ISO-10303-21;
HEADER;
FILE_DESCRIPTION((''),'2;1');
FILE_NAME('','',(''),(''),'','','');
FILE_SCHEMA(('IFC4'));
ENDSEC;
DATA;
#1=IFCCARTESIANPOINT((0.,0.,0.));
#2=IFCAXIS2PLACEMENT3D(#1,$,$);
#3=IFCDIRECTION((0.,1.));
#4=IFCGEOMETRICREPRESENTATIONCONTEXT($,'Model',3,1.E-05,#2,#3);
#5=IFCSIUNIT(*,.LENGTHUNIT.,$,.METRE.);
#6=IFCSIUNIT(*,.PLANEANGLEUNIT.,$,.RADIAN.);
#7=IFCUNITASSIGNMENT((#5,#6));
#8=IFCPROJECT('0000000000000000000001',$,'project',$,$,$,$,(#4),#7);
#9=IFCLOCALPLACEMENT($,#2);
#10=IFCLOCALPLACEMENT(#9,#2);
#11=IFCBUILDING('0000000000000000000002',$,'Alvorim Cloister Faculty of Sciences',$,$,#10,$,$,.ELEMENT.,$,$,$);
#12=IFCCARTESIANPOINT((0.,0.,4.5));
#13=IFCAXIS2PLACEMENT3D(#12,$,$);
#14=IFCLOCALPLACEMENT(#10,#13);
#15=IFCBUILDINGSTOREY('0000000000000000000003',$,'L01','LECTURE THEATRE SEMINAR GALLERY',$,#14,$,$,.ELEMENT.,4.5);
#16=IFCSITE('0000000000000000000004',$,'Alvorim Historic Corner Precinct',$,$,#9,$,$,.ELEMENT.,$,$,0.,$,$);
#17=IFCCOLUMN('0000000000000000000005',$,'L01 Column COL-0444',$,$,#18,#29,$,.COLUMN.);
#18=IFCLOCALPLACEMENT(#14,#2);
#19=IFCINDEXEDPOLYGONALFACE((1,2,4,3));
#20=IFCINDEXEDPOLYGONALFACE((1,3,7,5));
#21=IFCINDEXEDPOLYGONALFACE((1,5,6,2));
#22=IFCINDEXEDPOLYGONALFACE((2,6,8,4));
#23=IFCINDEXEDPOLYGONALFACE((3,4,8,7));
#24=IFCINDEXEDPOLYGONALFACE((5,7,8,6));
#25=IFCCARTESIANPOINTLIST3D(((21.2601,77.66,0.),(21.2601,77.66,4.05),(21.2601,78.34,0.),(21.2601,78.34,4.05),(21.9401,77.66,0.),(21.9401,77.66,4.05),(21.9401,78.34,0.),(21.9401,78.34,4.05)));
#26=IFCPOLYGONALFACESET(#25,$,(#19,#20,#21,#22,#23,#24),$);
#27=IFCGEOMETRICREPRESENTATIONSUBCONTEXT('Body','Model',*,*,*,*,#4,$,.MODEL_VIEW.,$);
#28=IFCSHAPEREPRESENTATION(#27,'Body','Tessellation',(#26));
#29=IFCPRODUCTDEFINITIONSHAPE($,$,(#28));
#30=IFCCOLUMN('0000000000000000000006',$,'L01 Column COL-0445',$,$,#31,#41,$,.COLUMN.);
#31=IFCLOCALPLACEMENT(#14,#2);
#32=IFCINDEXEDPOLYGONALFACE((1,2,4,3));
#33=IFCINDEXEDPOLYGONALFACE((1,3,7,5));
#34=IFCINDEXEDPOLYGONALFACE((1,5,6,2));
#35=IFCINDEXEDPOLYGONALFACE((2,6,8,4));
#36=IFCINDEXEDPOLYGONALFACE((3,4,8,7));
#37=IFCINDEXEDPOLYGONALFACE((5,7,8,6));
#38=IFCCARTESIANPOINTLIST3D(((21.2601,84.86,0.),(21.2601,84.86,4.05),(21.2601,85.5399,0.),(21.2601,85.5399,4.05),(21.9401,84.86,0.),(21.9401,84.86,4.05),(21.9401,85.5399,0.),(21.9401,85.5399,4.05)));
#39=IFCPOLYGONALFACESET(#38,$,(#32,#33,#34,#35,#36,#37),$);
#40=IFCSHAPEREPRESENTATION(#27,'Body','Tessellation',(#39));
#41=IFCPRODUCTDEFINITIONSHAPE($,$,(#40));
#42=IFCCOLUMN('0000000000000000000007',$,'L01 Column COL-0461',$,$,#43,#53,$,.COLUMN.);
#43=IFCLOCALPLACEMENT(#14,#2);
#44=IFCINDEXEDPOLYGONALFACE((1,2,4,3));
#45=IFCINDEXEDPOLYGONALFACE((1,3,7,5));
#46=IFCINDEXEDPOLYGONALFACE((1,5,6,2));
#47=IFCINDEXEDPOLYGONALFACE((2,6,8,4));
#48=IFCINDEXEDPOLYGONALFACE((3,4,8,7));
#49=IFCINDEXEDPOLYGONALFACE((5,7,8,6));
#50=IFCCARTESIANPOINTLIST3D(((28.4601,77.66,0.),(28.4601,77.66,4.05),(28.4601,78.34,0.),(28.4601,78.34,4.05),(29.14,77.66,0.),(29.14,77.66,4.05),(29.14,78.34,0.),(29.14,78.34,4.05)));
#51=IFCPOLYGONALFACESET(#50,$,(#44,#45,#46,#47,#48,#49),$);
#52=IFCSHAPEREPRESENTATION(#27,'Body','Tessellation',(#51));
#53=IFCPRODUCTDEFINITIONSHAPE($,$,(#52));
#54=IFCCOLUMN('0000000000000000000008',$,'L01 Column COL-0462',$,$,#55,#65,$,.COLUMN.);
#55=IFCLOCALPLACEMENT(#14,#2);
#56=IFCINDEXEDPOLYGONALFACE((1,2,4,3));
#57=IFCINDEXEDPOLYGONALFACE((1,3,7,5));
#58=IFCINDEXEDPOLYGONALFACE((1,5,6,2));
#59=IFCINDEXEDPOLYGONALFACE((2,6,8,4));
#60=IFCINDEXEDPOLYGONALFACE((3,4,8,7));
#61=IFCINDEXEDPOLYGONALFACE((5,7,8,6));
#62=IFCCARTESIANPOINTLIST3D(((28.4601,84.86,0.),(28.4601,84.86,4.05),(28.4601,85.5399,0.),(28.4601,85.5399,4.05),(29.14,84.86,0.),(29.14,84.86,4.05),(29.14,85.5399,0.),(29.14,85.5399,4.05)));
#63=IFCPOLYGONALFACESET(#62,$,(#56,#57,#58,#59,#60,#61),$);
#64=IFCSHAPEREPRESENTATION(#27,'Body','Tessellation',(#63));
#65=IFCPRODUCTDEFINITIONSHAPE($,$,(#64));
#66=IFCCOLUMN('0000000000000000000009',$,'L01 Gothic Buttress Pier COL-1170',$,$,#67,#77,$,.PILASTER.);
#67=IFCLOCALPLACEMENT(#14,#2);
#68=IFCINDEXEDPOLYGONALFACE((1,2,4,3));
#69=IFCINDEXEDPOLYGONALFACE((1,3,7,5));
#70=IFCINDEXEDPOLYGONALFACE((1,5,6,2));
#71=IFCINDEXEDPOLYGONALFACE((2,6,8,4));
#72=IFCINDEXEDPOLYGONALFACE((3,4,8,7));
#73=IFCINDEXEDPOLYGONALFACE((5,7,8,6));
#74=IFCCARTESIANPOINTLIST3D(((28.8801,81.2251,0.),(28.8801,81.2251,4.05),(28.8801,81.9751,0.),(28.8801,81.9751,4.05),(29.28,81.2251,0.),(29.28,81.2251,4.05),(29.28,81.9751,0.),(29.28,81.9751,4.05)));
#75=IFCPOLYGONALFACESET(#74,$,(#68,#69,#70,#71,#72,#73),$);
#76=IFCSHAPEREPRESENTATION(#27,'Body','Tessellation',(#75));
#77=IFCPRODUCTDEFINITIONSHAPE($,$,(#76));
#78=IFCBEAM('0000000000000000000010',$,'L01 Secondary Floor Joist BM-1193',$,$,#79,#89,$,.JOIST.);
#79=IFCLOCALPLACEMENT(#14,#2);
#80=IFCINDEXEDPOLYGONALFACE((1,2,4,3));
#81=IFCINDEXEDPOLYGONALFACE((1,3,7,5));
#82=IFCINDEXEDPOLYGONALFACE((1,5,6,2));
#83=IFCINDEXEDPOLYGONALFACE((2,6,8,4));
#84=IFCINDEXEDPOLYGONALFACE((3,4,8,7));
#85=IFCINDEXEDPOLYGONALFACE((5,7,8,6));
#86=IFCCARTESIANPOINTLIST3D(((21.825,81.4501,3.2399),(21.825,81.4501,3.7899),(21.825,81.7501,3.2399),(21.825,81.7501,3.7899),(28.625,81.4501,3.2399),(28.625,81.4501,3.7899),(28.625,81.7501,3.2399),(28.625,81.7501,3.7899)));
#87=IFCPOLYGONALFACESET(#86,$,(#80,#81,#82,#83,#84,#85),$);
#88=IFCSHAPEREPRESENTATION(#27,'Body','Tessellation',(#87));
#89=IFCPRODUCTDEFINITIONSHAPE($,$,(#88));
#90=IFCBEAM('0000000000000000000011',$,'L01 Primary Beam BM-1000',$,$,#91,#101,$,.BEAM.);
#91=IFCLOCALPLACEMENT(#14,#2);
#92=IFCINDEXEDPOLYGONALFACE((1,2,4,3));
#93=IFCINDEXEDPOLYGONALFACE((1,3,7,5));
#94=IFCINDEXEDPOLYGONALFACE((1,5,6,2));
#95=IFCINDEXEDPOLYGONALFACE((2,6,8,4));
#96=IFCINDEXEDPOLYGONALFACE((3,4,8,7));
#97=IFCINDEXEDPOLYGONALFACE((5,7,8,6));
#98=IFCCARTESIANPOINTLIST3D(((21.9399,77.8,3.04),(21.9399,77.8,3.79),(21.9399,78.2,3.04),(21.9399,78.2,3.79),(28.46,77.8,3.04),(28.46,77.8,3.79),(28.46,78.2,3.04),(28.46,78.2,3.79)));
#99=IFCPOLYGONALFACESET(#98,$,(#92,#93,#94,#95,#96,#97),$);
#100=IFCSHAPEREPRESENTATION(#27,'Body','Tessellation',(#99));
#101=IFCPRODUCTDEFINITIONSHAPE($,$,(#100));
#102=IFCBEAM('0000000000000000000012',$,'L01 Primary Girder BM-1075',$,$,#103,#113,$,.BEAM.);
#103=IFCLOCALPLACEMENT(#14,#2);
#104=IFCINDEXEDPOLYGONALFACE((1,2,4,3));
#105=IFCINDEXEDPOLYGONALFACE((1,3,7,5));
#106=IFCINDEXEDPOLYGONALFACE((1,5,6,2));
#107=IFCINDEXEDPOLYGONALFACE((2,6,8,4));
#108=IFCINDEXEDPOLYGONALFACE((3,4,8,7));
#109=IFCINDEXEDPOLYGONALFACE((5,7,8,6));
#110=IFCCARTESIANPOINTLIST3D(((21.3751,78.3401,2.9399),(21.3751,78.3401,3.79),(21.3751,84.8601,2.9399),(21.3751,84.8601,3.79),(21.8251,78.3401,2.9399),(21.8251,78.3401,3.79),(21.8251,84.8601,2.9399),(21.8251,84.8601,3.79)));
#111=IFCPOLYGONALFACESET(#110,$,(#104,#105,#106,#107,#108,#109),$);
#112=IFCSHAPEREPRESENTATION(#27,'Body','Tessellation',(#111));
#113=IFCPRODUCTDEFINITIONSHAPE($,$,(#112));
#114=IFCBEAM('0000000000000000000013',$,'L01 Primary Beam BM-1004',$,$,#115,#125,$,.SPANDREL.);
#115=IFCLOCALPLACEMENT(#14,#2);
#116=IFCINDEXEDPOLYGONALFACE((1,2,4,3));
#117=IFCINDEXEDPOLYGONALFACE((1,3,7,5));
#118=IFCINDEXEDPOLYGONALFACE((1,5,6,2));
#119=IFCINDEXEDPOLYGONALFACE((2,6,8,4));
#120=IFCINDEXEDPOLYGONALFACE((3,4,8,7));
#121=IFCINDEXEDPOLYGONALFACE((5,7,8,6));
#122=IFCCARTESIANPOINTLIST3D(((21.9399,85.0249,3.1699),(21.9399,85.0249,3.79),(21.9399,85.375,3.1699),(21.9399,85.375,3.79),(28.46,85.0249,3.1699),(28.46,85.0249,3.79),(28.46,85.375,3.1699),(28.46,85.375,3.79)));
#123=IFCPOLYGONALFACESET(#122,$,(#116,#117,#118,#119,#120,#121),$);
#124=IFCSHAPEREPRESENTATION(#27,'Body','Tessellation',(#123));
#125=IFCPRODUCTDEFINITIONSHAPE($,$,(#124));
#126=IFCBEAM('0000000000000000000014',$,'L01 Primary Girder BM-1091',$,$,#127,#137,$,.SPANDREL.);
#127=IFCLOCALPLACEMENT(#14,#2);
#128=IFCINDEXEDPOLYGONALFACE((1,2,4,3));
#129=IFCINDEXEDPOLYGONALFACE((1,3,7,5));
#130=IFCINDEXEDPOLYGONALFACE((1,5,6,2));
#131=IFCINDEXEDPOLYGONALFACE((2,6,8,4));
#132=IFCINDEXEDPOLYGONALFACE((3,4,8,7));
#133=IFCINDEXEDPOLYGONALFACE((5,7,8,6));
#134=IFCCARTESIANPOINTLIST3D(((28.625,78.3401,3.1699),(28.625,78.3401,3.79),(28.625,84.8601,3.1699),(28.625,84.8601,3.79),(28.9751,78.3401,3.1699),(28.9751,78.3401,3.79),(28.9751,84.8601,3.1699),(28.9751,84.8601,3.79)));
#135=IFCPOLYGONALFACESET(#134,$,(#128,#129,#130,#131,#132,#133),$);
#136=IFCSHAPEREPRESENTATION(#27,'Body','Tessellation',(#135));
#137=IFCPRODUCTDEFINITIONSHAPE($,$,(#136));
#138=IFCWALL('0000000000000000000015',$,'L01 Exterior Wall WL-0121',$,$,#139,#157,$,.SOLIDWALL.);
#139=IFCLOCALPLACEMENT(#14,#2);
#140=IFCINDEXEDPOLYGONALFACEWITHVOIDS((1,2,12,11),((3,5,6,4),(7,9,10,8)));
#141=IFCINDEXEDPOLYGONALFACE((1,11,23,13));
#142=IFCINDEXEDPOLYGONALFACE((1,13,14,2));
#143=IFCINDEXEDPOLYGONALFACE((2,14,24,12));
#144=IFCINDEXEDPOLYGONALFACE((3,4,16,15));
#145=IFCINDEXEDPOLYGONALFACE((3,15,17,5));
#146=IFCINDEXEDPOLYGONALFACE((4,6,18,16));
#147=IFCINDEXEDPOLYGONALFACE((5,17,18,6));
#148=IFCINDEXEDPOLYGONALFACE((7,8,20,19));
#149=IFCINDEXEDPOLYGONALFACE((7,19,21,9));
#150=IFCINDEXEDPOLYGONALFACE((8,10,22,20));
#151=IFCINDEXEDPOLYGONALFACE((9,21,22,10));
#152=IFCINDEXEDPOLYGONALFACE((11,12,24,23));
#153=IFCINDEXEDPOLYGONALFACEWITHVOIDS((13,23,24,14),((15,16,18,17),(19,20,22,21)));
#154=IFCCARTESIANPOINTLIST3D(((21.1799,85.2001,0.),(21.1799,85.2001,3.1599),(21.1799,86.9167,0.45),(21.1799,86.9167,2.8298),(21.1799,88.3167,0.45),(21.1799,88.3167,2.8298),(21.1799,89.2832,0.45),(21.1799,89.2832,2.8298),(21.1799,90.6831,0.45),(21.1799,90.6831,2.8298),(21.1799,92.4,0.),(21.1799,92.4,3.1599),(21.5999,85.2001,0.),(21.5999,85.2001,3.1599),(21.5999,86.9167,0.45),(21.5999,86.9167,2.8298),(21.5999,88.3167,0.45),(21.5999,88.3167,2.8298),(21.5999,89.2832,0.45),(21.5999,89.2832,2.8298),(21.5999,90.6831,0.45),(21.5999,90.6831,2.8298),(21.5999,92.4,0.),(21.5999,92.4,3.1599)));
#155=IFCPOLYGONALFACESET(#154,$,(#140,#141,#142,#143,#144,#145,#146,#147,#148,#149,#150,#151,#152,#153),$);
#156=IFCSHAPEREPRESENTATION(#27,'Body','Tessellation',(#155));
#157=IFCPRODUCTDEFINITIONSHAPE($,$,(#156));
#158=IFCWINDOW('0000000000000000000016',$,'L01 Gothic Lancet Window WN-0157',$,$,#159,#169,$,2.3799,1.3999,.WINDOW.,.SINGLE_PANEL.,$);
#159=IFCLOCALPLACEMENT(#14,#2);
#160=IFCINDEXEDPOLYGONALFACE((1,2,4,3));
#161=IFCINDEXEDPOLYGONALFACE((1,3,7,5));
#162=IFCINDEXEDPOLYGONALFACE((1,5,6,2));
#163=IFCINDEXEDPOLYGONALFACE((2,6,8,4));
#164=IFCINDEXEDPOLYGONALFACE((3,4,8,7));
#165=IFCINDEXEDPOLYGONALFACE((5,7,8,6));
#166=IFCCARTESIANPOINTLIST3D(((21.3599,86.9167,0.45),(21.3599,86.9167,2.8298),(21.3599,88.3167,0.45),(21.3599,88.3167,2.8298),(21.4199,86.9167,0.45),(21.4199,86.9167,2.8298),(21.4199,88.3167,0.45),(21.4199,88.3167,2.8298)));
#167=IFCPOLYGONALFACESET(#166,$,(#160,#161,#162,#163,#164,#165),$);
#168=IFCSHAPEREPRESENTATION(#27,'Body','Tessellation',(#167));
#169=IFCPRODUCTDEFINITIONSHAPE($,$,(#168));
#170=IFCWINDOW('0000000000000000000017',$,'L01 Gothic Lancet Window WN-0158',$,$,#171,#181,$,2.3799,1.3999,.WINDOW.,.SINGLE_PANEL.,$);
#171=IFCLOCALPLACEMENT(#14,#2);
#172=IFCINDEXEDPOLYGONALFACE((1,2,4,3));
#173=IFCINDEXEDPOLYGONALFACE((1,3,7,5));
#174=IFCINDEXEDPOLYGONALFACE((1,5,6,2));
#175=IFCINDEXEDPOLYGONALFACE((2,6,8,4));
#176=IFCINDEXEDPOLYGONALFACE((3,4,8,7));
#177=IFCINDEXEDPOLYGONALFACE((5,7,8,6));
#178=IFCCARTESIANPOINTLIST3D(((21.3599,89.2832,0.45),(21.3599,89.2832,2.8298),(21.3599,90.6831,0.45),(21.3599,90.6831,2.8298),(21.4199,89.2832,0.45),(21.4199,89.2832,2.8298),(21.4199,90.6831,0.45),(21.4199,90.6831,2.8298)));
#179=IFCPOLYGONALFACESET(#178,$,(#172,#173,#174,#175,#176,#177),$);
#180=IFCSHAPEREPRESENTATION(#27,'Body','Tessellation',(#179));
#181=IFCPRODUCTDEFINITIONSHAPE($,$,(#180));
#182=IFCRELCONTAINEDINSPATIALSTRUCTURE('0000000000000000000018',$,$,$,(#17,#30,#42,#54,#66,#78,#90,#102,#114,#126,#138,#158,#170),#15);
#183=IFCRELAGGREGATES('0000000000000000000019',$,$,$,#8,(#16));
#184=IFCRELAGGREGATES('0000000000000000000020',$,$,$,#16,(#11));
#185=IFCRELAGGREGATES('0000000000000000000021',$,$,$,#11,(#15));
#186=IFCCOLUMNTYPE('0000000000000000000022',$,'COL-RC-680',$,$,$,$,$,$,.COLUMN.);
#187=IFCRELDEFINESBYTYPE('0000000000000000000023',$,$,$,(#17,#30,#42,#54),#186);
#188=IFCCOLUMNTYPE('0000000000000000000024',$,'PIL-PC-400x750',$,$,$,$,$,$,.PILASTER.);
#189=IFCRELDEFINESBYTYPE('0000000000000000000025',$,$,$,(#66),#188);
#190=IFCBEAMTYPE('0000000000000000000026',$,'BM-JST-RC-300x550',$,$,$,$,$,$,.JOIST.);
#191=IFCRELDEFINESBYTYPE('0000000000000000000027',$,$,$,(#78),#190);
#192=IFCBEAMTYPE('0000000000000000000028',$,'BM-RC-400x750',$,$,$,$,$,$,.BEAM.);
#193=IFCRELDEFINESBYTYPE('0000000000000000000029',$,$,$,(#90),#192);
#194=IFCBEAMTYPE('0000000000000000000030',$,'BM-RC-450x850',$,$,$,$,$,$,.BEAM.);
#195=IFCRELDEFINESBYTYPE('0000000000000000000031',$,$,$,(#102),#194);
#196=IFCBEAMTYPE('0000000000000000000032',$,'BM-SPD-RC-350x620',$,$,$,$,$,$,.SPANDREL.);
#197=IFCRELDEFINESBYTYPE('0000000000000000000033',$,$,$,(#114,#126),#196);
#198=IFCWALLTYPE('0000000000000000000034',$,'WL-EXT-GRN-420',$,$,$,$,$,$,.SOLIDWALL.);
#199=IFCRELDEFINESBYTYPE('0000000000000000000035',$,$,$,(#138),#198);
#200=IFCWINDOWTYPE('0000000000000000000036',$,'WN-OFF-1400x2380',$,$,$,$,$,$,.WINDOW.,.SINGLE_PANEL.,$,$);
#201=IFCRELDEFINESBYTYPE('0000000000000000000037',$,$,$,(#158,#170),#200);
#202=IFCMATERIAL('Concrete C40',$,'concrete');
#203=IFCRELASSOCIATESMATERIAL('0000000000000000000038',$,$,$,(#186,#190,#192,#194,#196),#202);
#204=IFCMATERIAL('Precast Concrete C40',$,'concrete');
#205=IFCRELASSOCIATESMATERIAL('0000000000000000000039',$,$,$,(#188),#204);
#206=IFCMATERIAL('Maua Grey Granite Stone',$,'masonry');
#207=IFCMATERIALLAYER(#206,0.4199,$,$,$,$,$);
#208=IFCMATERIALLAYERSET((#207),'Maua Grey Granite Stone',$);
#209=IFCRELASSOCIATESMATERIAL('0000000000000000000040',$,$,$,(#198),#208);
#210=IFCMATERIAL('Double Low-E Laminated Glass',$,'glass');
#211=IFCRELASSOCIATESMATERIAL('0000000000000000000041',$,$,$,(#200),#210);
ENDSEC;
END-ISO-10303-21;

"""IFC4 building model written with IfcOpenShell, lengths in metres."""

from ifc_helpers import new_model, si_unit, direction, frame, frame_2d, origin, origin_2d, place, context, subcontext, project, spatial, rectangle, extrude, material, layer, layer_set, material_profile, profile_set, type_object, element, fill, save


model = new_model("IFC4")

# Units and contexts
model_context = context("Model", 3, precision=1e-05, world=origin(), true_north=direction((0.0, 1.0)))
body_context = subcontext(model_context, "Body", "Model", "MODEL_VIEW")
ifc_project = project(units=[si_unit("LENGTHUNIT", "METRE"), si_unit("PLANEANGLEUNIT", "RADIAN")], contexts=[model_context])

# Site, building, storey
site_placement = place(None, origin())
site = spatial("IfcSite", under=ifc_project, at=site_placement, Name="Alvorim Historic Corner Precinct", CompositionType="ELEMENT", RefElevation=0.0)
building_placement = place(site_placement, origin())
building = spatial("IfcBuilding", under=site, at=building_placement, Name="Alvorim Cloister Faculty of Sciences", CompositionType="ELEMENT")
storey_placement = place(building_placement, frame((0.0, 0.0, 4.5)))
storey = spatial("IfcBuildingStorey", under=building, at=storey_placement, Name="L01", Description="LECTURE THEATRE SEMINAR GALLERY", CompositionType="ELEMENT", Elevation=4.5)

# Columns
ifc_material_1 = material(Name="Concrete C40", Category="concrete")
ifc_material_profile_1 = material_profile(ifc_material_1, rectangle(XDim=0.6799, YDim=0.6799, at=origin_2d()), Name="RC40-COL-680x680")
ifc_profile_set_1 = profile_set([ifc_material_profile_1], Name="Concrete C40")
column_type_1 = type_object("IfcColumnType", Name="COL-RC-680", PredefinedType="COLUMN", material=ifc_profile_set_1)
for number, where, z_axis, x_axis, name in (
    (1, (21.6001, 78.0, 0.0), (0.0, 0.0, 1.0), (1.0, 0.0, 0.0), "L01 Column COL-0444"),
    (2, (21.6001, 85.2, 0.0), (0.0, 0.0, 1.0), (1.0, 0.0, 0.0), "L01 Column COL-0445"),
    (3, (28.8, 78.0, 0.0), (0.0, 0.0, 1.0), (1.0, 0.0, 0.0), "L01 Column COL-0461"),
    (4, (28.8, 85.2, 0.0), (0.0, 0.0, 1.0), (1.0, 0.0, 0.0), "L01 Column COL-0462"),
):
    element("IfcColumn", number, at=place(storey_placement, frame(where, z_axis=z_axis, x_axis=x_axis)), inside=storey, type_object=column_type_1, Name=name, PredefinedType="COLUMN", context=body_context, shape_type="SweptSolid", body=[
        extrude(rectangle(XDim=0.6799, YDim=0.6799, at=origin_2d()), origin(), (0.0, 0.0, 1.0), 4.05),
    ])
ifc_material_2 = material(Name="Precast Concrete C40", Category="concrete")
ifc_material_profile_2 = material_profile(ifc_material_2, rectangle(XDim=0.3999, YDim=0.75, at=origin_2d()), Name="RC40-PIL-400x750")
ifc_profile_set_2 = profile_set([ifc_material_profile_2], Name="Precast Concrete C40")
column_type_2 = type_object("IfcColumnType", Name="PIL-PC-400x750", PredefinedType="PILASTER", material=ifc_profile_set_2)
column_placement = place(storey_placement, frame((29.0801, 81.6001, 0.0), z_axis=(0.0, 0.0, 1.0), x_axis=(1.0, 0.0, 0.0)))
element("IfcColumn", 5, at=column_placement, inside=storey, type_object=column_type_2, Name="L01 Gothic Buttress Pier COL-1170", PredefinedType="PILASTER", context=body_context, shape_type="SweptSolid", body=[
    extrude(rectangle(XDim=0.3999, YDim=0.75, at=origin_2d()), origin(), (0.0, 0.0, 1.0), 4.05),
])

# Beams
ifc_material_profile_3 = material_profile(ifc_material_1, rectangle(XDim=0.3, YDim=0.55, at=origin_2d()), Name="RC40-JST-300x550")
ifc_profile_set_3 = profile_set([ifc_material_profile_3], Name="Concrete C40")
beam_type_1 = type_object("IfcBeamType", Name="BM-JST-RC-300x550", PredefinedType="JOIST", material=ifc_profile_set_3)
beam_1_placement = place(storey_placement, frame((21.825, 81.6001, 3.5149), z_axis=(1.0, 0.0, 0.0), x_axis=(0.0, 1.0, 0.0)))
element("IfcBeam", 6, at=beam_1_placement, inside=storey, type_object=beam_type_1, Name="L01 Secondary Floor Joist BM-1193", PredefinedType="JOIST", context=body_context, shape_type="SweptSolid", body=[
    extrude(rectangle(XDim=0.3, YDim=0.55, at=origin_2d()), origin(), (0.0, 0.0, 1.0), 6.8),
])
ifc_material_profile_4 = material_profile(ifc_material_1, rectangle(XDim=0.3999, YDim=0.75, at=origin_2d()), Name="RC40-BM-400x750")
ifc_profile_set_4 = profile_set([ifc_material_profile_4], Name="Concrete C40")
beam_type_2 = type_object("IfcBeamType", Name="BM-RC-400x750", PredefinedType="BEAM", material=ifc_profile_set_4)
beam_2_placement = place(storey_placement, frame((21.9399, 78.0, 3.415), z_axis=(1.0, 0.0, 0.0), x_axis=(0.0, 1.0, 0.0)))
element("IfcBeam", 7, at=beam_2_placement, inside=storey, type_object=beam_type_2, Name="L01 Primary Beam BM-1000", PredefinedType="BEAM", context=body_context, shape_type="SweptSolid", body=[
    extrude(rectangle(XDim=0.3999, YDim=0.75, at=origin_2d()), origin(), (0.0, 0.0, 1.0), 6.52),
])
ifc_material_profile_5 = material_profile(ifc_material_1, rectangle(XDim=0.45, YDim=0.8501, at=origin_2d()), Name="RC40-BM-450x850")
ifc_profile_set_5 = profile_set([ifc_material_profile_5], Name="Concrete C40")
beam_type_3 = type_object("IfcBeamType", Name="BM-RC-450x850", PredefinedType="BEAM", material=ifc_profile_set_5)
beam_3_placement = place(storey_placement, frame((21.6001, 78.3401, 3.365), z_axis=(0.0, 1.0, 0.0), x_axis=(-1.0, 0.0, 0.0)))
element("IfcBeam", 8, at=beam_3_placement, inside=storey, type_object=beam_type_3, Name="L01 Primary Girder BM-1075", PredefinedType="BEAM", context=body_context, shape_type="SweptSolid", body=[
    extrude(rectangle(XDim=0.45, YDim=0.8501, at=origin_2d()), origin(), (0.0, 0.0, 1.0), 6.52),
])
ifc_material_profile_6 = material_profile(ifc_material_1, rectangle(XDim=0.3501, YDim=0.6201, at=origin_2d()), Name="RC40-SPD-350x620")
ifc_profile_set_6 = profile_set([ifc_material_profile_6], Name="Concrete C40")
beam_type_4 = type_object("IfcBeamType", Name="BM-SPD-RC-350x620", PredefinedType="SPANDREL", material=ifc_profile_set_6)
for number, where, z_axis, x_axis, name in (
    (9, (21.9399, 85.2, 3.48), (1.0, 0.0, 0.0), (0.0, 1.0, 0.0), "L01 Primary Beam BM-1004"),
    (10, (28.8, 78.3401, 3.48), (0.0, 1.0, 0.0), (-1.0, 0.0, 0.0), "L01 Primary Girder BM-1091"),
):
    element("IfcBeam", number, at=place(storey_placement, frame(where, z_axis=z_axis, x_axis=x_axis)), inside=storey, type_object=beam_type_4, Name=name, PredefinedType="SPANDREL", context=body_context, shape_type="SweptSolid", body=[
        extrude(rectangle(XDim=0.3501, YDim=0.6201, at=origin_2d()), origin(), (0.0, 0.0, 1.0), 6.52),
    ])

# Wall, openings, windows
ifc_material_3 = material(Name="Maua Grey Granite Stone", Category="masonry")
ifc_layer_1 = layer(ifc_material_3, 0.4199)
ifc_layer_set_1 = layer_set([ifc_layer_1], Name="Maua Grey Granite Stone")
wall_type_1 = type_object("IfcWallType", Name="WL-EXT-GRN-420", PredefinedType="SOLIDWALL", material=ifc_layer_set_1)
wall_1_placement = place(storey_placement, frame((21.3899, 85.2, 0.0), z_axis=(0.0, 0.0, 1.0), x_axis=(0.0, 1.0, 0.0)))
wall_1 = element("IfcWall", 11, at=wall_1_placement, inside=storey, type_object=wall_type_1, Name="L01 Exterior Wall WL-0121", PredefinedType="SOLIDWALL", context=body_context, shape_type="SweptSolid", body=[
    extrude(rectangle(XDim=7.2, YDim=0.4199, at=frame_2d((3.6001, 0.0))), origin(), (0.0, 0.0, 1.0), 3.1599),
])
opening_1_placement = place(wall_1_placement, frame((1.7168, 0.0, 0.45)))
opening_1 = element("IfcOpeningElement", 12, at=opening_1_placement, cuts=wall_1, PredefinedType="OPENING", context=body_context, shape_type="SweptSolid", body=[
    extrude(rectangle(XDim=1.3999, YDim=2.3799, at=frame_2d((0.7, 1.1899))), frame((0.0, 0.2219, 0.0), z_axis=(0.0, -1.0, 0.0), x_axis=(1.0, 0.0, 0.0)), (0.0, 0.0, 1.0), 0.4438),
])
opening_2_placement = place(wall_1_placement, frame((4.0833, 0.0, 0.45)))
opening_2 = element("IfcOpeningElement", 13, at=opening_2_placement, cuts=wall_1, PredefinedType="OPENING", context=body_context, shape_type="SweptSolid", body=[
    extrude(rectangle(XDim=1.3999, YDim=2.3799, at=frame_2d((0.7, 1.1899))), frame((0.0, 0.2219, 0.0), z_axis=(0.0, -1.0, 0.0), x_axis=(1.0, 0.0, 0.0)), (0.0, 0.0, 1.0), 0.4438),
])
ifc_material_4 = material(Name="Double Low-E Laminated Glass", Category="glass")
window_type_1 = type_object("IfcWindowType", Name="WN-OFF-1400x2380", PartitioningType="SINGLE_PANEL", PredefinedType="WINDOW", material=ifc_material_4)
window_1_placement = place(opening_1_placement, origin())
window_1 = element("IfcWindow", 14, at=window_1_placement, inside=storey, type_object=window_type_1, Name="L01 Gothic Lancet Window WN-0157", OverallHeight=2.3799, OverallWidth=1.3999, PartitioningType="SINGLE_PANEL", PredefinedType="WINDOW", context=body_context, shape_type="SweptSolid", body=[
    extrude(rectangle(XDim=1.3999, YDim=2.3799, at=frame_2d((0.7, 1.1899))), frame((0.0, 0.03, 0.0), z_axis=(0.0, -1.0, 0.0), x_axis=(1.0, 0.0, 0.0)), (0.0, 0.0, 1.0), 0.0601),
])
fill(opening_1, window_1)
window_2_placement = place(opening_2_placement, origin())
window_2 = element("IfcWindow", 15, at=window_2_placement, inside=storey, type_object=window_type_1, Name="L01 Gothic Lancet Window WN-0158", OverallHeight=2.3799, OverallWidth=1.3999, PartitioningType="SINGLE_PANEL", PredefinedType="WINDOW", context=body_context, shape_type="SweptSolid", body=[
    extrude(rectangle(XDim=1.3999, YDim=2.3799, at=frame_2d((0.7, 1.1899))), frame((0.0, 0.03, 0.0), z_axis=(0.0, -1.0, 0.0), x_axis=(1.0, 0.0, 0.0)), (0.0, 0.0, 1.0), 0.0601),
])
fill(opening_2, window_2)

save(model, "model.ifc")
